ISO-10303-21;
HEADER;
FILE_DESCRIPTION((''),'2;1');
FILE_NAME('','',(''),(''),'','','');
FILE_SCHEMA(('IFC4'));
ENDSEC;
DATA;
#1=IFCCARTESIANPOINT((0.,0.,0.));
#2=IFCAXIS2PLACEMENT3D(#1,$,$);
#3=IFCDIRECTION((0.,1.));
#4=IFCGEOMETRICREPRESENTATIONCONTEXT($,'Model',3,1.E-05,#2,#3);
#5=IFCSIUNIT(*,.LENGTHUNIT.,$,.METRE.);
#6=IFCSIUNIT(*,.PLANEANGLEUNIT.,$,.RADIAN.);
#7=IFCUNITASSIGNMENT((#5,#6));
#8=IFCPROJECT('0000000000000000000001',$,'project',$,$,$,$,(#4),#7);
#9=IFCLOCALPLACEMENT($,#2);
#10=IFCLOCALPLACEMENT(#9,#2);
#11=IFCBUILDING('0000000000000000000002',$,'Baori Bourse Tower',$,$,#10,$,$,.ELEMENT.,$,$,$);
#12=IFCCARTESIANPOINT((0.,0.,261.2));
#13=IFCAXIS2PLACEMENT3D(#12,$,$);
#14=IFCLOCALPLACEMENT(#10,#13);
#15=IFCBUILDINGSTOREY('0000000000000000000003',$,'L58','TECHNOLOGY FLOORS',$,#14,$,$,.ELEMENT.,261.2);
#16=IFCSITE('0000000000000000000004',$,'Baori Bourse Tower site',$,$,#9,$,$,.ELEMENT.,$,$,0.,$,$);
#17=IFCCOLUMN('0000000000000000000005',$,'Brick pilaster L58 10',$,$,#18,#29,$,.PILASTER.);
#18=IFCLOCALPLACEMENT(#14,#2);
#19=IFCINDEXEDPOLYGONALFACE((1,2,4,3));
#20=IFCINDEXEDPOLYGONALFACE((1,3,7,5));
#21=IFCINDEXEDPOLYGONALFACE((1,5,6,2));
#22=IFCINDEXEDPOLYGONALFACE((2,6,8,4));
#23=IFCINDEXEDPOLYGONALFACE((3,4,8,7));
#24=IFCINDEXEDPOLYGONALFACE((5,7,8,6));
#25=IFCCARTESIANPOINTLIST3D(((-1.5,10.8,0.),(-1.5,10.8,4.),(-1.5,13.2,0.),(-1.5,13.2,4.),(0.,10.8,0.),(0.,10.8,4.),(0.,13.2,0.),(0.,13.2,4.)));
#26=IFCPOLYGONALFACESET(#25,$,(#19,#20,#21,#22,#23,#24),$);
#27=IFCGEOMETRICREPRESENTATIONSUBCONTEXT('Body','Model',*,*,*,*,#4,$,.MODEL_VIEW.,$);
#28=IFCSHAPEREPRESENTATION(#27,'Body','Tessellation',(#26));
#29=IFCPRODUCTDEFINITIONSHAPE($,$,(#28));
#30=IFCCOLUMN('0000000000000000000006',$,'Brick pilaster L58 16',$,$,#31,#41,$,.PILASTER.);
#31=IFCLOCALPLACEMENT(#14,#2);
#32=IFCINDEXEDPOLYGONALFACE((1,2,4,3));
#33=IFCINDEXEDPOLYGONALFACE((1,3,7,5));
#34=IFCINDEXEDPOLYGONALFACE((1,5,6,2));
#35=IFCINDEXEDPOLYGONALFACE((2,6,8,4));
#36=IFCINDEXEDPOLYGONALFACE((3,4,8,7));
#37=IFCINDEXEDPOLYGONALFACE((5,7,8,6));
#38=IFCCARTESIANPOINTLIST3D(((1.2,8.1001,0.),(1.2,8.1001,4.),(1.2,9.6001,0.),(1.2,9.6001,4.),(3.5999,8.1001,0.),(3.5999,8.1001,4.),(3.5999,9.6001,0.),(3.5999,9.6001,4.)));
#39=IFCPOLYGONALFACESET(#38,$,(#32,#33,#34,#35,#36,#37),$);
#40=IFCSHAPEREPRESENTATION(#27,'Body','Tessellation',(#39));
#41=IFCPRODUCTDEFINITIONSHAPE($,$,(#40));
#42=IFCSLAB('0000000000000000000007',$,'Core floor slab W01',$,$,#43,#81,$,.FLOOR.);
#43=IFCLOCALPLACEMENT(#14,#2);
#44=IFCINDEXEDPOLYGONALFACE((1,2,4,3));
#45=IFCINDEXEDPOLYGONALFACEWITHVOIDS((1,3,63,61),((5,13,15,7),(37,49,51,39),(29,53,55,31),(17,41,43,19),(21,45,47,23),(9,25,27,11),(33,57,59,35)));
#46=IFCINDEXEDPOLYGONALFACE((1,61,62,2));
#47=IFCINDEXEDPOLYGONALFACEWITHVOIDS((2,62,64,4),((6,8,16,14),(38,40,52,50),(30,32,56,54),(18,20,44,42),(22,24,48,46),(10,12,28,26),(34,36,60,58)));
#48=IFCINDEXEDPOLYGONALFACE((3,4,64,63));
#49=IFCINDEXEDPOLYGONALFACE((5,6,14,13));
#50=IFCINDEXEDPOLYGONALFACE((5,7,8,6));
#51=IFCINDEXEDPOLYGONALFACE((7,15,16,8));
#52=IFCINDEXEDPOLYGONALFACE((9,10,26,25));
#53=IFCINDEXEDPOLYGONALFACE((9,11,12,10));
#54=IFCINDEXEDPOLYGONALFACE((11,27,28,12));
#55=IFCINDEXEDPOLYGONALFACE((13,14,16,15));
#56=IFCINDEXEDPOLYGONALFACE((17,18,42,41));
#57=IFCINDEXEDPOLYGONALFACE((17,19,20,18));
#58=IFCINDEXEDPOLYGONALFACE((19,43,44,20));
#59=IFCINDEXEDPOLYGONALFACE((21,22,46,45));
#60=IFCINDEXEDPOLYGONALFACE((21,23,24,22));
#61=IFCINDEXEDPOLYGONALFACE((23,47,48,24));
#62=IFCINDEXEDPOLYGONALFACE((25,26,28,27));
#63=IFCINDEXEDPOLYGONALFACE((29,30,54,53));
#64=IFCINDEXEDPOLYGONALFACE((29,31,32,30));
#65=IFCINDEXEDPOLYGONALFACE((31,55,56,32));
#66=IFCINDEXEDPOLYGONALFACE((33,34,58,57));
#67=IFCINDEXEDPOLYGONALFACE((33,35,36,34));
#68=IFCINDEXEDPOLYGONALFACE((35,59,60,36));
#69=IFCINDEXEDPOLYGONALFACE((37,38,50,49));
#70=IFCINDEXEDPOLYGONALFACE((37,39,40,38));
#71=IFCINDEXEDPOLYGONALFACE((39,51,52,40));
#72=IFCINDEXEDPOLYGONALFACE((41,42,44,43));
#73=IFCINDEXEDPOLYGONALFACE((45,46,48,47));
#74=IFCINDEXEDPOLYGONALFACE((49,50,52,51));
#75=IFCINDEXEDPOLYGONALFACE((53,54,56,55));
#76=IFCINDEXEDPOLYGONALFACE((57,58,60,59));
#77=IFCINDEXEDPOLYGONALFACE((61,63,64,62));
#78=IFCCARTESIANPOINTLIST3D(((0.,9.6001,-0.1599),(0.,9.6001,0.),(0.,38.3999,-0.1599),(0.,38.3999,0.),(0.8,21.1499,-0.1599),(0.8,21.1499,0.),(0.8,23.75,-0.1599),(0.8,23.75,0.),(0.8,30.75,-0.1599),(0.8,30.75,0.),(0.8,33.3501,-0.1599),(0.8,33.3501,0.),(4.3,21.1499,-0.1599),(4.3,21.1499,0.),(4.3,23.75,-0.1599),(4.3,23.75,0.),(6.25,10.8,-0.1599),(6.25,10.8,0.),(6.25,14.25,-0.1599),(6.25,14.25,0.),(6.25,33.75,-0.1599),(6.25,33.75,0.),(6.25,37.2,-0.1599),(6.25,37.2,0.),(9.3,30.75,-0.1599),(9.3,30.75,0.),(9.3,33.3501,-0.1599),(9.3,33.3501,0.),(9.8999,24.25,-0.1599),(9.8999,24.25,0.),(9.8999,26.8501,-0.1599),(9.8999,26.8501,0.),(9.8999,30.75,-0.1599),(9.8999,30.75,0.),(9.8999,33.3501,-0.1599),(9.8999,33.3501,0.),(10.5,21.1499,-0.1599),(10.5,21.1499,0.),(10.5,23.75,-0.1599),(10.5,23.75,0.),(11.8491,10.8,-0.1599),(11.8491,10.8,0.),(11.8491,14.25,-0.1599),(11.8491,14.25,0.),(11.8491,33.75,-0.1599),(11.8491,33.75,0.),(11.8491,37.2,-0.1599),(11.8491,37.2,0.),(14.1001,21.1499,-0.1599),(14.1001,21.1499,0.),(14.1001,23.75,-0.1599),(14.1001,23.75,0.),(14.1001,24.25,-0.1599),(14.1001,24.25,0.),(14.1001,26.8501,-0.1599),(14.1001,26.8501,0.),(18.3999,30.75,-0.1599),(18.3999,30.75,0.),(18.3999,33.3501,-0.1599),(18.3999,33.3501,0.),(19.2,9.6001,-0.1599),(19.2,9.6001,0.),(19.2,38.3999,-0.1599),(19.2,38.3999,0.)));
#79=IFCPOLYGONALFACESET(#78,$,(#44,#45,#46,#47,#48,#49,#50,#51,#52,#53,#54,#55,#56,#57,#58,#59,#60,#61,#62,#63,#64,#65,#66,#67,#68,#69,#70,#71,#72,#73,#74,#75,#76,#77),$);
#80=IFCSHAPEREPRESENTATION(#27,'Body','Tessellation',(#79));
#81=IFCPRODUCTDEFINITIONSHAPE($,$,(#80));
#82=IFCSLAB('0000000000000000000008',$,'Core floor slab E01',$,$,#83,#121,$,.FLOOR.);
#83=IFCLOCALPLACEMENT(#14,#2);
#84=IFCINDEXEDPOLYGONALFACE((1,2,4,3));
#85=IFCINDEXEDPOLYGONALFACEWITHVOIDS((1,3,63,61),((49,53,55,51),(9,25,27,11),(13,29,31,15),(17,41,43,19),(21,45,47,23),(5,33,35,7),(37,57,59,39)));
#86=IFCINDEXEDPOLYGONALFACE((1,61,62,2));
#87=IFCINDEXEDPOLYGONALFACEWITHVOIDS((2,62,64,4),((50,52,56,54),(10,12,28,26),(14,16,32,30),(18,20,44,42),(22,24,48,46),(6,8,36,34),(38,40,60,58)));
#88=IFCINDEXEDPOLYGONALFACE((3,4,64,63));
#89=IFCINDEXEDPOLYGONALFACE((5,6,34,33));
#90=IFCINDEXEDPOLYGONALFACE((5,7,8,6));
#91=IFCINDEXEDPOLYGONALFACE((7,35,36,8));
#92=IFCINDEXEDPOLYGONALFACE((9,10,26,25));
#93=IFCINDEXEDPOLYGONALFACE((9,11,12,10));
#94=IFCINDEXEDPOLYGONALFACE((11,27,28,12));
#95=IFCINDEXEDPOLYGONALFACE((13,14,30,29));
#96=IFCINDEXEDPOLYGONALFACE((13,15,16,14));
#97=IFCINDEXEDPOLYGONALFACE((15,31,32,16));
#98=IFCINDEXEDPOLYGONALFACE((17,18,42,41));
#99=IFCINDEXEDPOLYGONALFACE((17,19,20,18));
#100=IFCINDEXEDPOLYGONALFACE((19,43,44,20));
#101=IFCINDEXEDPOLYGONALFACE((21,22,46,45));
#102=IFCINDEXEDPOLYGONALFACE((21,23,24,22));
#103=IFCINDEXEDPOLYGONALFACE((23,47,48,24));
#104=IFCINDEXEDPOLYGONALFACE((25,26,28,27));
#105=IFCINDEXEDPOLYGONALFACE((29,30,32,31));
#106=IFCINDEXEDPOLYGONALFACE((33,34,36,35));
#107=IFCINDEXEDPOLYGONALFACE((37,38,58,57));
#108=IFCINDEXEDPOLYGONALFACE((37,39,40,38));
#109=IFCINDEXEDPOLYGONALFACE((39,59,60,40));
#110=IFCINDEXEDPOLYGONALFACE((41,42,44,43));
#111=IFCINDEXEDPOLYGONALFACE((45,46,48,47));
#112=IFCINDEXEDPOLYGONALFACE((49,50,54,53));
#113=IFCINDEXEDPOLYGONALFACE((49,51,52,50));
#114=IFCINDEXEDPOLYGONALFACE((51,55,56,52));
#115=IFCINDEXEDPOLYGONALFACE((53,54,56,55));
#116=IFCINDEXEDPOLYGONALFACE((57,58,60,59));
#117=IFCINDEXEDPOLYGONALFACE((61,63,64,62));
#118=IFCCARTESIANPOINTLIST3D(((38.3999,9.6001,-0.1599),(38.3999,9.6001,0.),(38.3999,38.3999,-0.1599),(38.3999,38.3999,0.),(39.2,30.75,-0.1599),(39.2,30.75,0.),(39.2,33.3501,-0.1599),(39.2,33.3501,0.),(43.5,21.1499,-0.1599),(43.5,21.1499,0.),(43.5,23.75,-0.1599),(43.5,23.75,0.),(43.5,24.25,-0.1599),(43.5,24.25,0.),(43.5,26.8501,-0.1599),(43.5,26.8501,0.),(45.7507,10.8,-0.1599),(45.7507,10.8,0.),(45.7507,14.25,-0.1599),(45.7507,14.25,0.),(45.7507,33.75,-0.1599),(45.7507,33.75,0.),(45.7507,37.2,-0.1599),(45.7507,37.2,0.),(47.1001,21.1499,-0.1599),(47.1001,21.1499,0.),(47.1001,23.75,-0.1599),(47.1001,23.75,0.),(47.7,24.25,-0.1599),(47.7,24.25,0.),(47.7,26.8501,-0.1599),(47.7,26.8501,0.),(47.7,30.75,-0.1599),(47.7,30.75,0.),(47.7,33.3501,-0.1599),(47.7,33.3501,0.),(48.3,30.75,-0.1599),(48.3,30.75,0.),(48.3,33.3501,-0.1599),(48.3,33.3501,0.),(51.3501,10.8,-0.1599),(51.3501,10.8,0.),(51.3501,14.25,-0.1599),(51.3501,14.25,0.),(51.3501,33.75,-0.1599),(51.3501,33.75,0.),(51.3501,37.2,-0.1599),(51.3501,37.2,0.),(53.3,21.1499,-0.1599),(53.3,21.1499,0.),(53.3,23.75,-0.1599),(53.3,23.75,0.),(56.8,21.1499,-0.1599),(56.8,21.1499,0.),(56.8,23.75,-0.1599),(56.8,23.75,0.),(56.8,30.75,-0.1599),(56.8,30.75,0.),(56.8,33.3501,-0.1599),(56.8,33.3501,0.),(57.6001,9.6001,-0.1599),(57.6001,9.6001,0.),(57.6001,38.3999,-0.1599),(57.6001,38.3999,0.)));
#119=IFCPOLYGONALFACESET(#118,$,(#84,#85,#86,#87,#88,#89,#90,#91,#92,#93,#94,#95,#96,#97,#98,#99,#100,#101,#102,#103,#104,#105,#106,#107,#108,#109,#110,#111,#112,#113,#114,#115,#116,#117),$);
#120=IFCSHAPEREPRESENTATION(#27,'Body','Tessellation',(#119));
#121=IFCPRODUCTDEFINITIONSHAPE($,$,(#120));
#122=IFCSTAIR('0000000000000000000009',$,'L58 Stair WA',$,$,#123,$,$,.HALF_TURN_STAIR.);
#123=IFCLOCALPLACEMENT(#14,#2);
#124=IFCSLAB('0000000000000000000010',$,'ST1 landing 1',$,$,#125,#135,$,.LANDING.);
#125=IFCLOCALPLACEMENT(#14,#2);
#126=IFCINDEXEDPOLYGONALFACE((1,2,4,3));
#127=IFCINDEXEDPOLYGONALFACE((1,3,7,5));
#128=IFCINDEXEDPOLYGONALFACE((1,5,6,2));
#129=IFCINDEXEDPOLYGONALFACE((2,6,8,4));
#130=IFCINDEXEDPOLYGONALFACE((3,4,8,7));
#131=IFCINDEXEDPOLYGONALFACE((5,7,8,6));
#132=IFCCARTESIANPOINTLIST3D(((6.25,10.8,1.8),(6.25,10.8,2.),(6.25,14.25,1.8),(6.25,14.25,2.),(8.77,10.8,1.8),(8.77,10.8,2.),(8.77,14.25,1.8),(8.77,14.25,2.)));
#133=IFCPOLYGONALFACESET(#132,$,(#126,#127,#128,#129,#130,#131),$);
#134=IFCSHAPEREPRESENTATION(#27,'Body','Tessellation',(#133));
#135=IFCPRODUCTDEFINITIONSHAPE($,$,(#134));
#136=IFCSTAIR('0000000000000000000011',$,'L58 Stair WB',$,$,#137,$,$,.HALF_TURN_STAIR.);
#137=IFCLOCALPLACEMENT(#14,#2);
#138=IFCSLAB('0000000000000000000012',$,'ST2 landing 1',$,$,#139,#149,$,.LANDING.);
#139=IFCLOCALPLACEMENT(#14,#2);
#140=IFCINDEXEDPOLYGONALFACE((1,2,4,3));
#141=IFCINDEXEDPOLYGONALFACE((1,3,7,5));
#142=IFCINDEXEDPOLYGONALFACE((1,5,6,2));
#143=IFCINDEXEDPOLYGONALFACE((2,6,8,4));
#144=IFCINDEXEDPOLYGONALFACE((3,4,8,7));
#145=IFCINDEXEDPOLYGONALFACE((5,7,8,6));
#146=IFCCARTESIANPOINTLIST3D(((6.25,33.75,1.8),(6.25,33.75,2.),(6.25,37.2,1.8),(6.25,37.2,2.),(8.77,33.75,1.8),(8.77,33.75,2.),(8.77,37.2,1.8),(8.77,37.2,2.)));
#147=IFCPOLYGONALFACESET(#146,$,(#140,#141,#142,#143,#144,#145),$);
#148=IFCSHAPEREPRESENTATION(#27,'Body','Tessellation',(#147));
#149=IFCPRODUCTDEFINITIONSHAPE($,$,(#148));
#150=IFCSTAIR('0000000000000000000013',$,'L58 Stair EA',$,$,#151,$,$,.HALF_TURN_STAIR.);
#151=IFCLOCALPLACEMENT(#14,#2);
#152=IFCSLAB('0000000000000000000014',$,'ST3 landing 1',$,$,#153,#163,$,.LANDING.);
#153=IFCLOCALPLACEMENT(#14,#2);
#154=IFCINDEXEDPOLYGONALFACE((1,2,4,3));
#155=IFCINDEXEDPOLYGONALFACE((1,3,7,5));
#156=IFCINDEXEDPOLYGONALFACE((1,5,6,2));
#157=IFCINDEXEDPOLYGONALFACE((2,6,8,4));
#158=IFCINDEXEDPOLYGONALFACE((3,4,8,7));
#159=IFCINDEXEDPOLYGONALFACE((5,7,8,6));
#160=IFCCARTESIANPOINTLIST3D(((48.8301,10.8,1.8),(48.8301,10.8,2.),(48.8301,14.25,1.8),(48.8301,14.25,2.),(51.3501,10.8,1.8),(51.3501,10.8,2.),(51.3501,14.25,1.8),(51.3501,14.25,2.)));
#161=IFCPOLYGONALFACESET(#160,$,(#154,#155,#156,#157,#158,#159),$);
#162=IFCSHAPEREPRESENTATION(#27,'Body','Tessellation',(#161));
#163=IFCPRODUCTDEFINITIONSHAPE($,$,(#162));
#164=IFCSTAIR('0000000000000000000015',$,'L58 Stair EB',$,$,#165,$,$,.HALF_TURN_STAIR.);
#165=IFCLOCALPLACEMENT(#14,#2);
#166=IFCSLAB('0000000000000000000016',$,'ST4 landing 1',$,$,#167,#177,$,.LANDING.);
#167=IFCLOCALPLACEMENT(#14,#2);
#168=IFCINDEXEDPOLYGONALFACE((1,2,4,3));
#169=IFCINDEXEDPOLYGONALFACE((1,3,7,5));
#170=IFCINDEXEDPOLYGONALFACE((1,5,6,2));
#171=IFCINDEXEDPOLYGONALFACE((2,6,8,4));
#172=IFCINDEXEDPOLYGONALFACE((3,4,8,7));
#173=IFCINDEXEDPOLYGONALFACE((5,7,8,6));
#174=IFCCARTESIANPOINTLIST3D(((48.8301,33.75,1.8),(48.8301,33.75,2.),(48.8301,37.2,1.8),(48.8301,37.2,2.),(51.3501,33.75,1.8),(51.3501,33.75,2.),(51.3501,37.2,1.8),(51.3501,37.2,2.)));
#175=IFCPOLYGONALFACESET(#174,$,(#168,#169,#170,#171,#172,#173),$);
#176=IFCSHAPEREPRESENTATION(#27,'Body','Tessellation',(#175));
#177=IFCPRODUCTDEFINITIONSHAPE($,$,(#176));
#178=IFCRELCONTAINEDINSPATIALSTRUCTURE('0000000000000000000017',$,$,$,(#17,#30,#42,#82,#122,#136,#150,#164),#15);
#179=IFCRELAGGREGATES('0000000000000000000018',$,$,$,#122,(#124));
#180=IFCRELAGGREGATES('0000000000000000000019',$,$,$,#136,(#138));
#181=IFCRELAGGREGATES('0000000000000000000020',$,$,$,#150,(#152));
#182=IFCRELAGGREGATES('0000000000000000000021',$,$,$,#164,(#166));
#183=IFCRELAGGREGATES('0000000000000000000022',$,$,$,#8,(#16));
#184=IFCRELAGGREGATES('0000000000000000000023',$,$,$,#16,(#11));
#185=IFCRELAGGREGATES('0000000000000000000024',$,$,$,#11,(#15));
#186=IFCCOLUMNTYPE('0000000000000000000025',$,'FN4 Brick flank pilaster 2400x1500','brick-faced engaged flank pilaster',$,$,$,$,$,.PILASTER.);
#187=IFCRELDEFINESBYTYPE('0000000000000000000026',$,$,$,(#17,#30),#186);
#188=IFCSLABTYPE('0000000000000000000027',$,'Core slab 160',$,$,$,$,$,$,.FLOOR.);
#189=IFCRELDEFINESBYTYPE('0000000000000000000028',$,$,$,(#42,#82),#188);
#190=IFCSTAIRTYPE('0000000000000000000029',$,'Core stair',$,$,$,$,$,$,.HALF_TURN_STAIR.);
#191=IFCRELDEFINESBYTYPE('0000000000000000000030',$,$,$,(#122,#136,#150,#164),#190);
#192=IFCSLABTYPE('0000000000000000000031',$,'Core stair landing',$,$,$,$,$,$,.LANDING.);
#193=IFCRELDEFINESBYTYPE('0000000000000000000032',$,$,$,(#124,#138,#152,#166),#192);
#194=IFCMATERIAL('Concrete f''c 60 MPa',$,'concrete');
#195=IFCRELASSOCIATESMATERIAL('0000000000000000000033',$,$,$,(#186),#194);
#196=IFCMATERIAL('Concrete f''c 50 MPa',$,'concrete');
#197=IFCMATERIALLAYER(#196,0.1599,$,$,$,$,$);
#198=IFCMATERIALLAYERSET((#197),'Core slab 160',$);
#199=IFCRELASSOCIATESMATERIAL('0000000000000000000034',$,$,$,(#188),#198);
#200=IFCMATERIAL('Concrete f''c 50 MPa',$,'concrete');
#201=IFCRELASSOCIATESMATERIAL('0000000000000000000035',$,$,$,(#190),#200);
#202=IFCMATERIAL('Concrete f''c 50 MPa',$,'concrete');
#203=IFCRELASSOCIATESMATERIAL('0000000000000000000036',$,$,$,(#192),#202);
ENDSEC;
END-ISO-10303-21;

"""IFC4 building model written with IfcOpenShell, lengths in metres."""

from ifc_helpers import new_model, si_unit, direction, frame, origin, origin_2d, place, context, subcontext, project, spatial, polyline, rectangle, outline, extrude, material, layer, layer_set, material_profile, profile_set, type_object, element, aggregate, save


model = new_model("IFC4")

# Units and contexts
model_context = context("Model", 3, precision=1e-05, world=origin(), true_north=direction((0.0, 1.0)))
body_context = subcontext(model_context, "Body", "Model", "MODEL_VIEW")
ifc_project = project(units=[si_unit("LENGTHUNIT", "METRE"), si_unit("PLANEANGLEUNIT", "RADIAN")], contexts=[model_context])

# Site, building, storey
site_placement = place(None, origin())
site = spatial("IfcSite", under=ifc_project, at=site_placement, Name="Baori Bourse Tower site", CompositionType="ELEMENT", RefElevation=0.0)
building_placement = place(site_placement, origin())
building = spatial("IfcBuilding", under=site, at=building_placement, Name="Baori Bourse Tower", CompositionType="ELEMENT")
storey_placement = place(building_placement, frame((0.0, 0.0, 261.2)))
storey = spatial("IfcBuildingStorey", under=building, at=storey_placement, Name="L58", Description="TECHNOLOGY FLOORS", CompositionType="ELEMENT", Elevation=261.2)

# Columns
ifc_material_1 = material(Name="Concrete f'c 60 MPa", Category="concrete")
ifc_material_profile = material_profile(ifc_material_1, rectangle(XDim=2.3999, YDim=1.5, at=origin_2d()), Name="RC 2400x1500")
ifc_profile_set = profile_set([ifc_material_profile], Name="Concrete f'c 60 MPa")
column_type = type_object("IfcColumnType", Name="FN4 Brick flank pilaster 2400x1500", Description="brick-faced engaged flank pilaster", PredefinedType="PILASTER", material=ifc_profile_set)
for number, where, z_axis, x_axis, name in (
    (1, (-0.75, 12.0, 0.0), (0.0, 0.0, 1.0), (0.0, 1.0, 0.0), "Brick pilaster L58 10"),
    (2, (2.3999, 8.8501, 0.0), (0.0, 0.0, 1.0), (1.0, 0.0, 0.0), "Brick pilaster L58 16"),
):
    element("IfcColumn", number, at=place(storey_placement, frame(where, z_axis=z_axis, x_axis=x_axis)), inside=storey, type_object=column_type, Name=name, PredefinedType="PILASTER", context=body_context, shape_type="SweptSolid", body=[
        extrude(rectangle(XDim=2.3999, YDim=1.5, at=origin_2d()), origin(), (0.0, 0.0, 1.0), 4.0),
    ])

# Slabs
ifc_material_2 = material(Name="Concrete f'c 50 MPa", Category="concrete")
ifc_layer_1 = layer(ifc_material_2, 0.1599)
ifc_layer_set_1 = layer_set([ifc_layer_1], Name="Core slab 160")
slab_type_1 = type_object("IfcSlabType", Name="Core slab 160", PredefinedType="FLOOR", material=ifc_layer_set_1)
slab_1_placement = place(storey_placement, frame((0.0, 0.0, -0.1599)))
element("IfcSlab", 3, at=slab_1_placement, inside=storey, type_object=slab_type_1, Name="Core floor slab W01", PredefinedType="FLOOR", context=body_context, shape_type="SweptSolid", body=[
    extrude(outline(polyline([(19.2, 38.3999), (0.0, 38.3999), (0.0, 9.6001), (19.2, 9.6001), (19.2, 38.3999)]), holes=[polyline([(9.8999, 33.3501), (18.3999, 33.3501), (18.3999, 30.75), (9.8999, 30.75), (9.8999, 33.3501)]), polyline([(10.5, 21.1499), (10.5, 23.75), (14.1001, 23.75), (14.1001, 21.1499), (10.5, 21.1499)]), polyline([(14.1001, 24.25), (9.8999, 24.25), (9.8999, 26.8501), (14.1001, 26.8501), (14.1001, 24.25)]), polyline([(6.25, 14.25), (11.8491, 14.25), (11.8491, 10.8), (6.25, 10.8), (6.25, 14.25)]), polyline([(11.8491, 37.2), (11.8491, 33.75), (6.25, 33.75), (6.25, 37.2), (11.8491, 37.2)]), polyline([(0.8, 30.75), (0.8, 33.3501), (9.3, 33.3501), (9.3, 30.75), (0.8, 30.75)]), polyline([(4.3, 23.75), (4.3, 21.1499), (0.8, 21.1499), (0.8, 23.75), (4.3, 23.75)])]), origin(), (0.0, 0.0, 1.0), 0.1599),
])
slab_2_placement = place(storey_placement, frame((0.0, 0.0, -0.1599)))
element("IfcSlab", 4, at=slab_2_placement, inside=storey, type_object=slab_type_1, Name="Core floor slab E01", PredefinedType="FLOOR", context=body_context, shape_type="SweptSolid", body=[
    extrude(outline(polyline([(57.6001, 9.6001), (57.6001, 38.3999), (38.3999, 38.3999), (38.3999, 9.6001), (57.6001, 9.6001)]), holes=[polyline([(48.3, 33.3501), (56.8, 33.3501), (56.8, 30.75), (48.3, 30.75), (48.3, 33.3501)]), polyline([(56.8, 21.1499), (53.3, 21.1499), (53.3, 23.75), (56.8, 23.75), (56.8, 21.1499)]), polyline([(45.7507, 14.25), (51.3501, 14.25), (51.3501, 10.8), (45.7507, 10.8), (45.7507, 14.25)]), polyline([(51.3501, 37.2), (51.3501, 33.75), (45.7507, 33.75), (45.7507, 37.2), (51.3501, 37.2)]), polyline([(43.5, 24.25), (43.5, 26.8501), (47.7, 26.8501), (47.7, 24.25), (43.5, 24.25)]), polyline([(47.7, 33.3501), (47.7, 30.75), (39.2, 30.75), (39.2, 33.3501), (47.7, 33.3501)]), polyline([(43.5, 23.75), (47.1001, 23.75), (47.1001, 21.1499), (43.5, 21.1499), (43.5, 23.75)])]), origin(), (0.0, 0.0, 1.0), 0.1599),
])

# Stairs, slabs
ifc_material_3 = material(Name="Concrete f'c 50 MPa", Category="concrete")
stair_type = type_object("IfcStairType", Name="Core stair", PredefinedType="HALF_TURN_STAIR", material=ifc_material_3)
stair_1_placement = place(storey_placement, origin())
stair_1 = element("IfcStair", 5, at=stair_1_placement, inside=storey, type_object=stair_type, Name="L58 Stair WA", PredefinedType="HALF_TURN_STAIR")
ifc_material_4 = material(Name="Concrete f'c 50 MPa", Category="concrete")
slab_type_2 = type_object("IfcSlabType", Name="Core stair landing", PredefinedType="LANDING", material=ifc_material_4)
slab_3_placement = place(storey_placement, frame((0.0, 0.0, 1.8)))
slab_3 = element("IfcSlab", 6, at=slab_3_placement, type_object=slab_type_2, Name="ST1 landing 1", PredefinedType="LANDING", context=body_context, shape_type="SweptSolid", body=[
    extrude(outline(polyline([(8.77, 14.25), (6.25, 14.25), (6.25, 10.8), (8.77, 10.8), (8.77, 14.25)])), origin(), (0.0, 0.0, 1.0), 0.2),
])
aggregate(stair_1, [slab_3])
stair_2_placement = place(storey_placement, origin())
stair_2 = element("IfcStair", 7, at=stair_2_placement, inside=storey, type_object=stair_type, Name="L58 Stair WB", PredefinedType="HALF_TURN_STAIR")
slab_4_placement = place(storey_placement, frame((0.0, 0.0, 1.8)))
slab_4 = element("IfcSlab", 8, at=slab_4_placement, type_object=slab_type_2, Name="ST2 landing 1", PredefinedType="LANDING", context=body_context, shape_type="SweptSolid", body=[
    extrude(outline(polyline([(8.77, 37.2), (6.25, 37.2), (6.25, 33.75), (8.77, 33.75), (8.77, 37.2)])), origin(), (0.0, 0.0, 1.0), 0.2),
])
aggregate(stair_2, [slab_4])
stair_3_placement = place(storey_placement, origin())
stair_3 = element("IfcStair", 9, at=stair_3_placement, inside=storey, type_object=stair_type, Name="L58 Stair EA", PredefinedType="HALF_TURN_STAIR")
slab_5_placement = place(storey_placement, frame((0.0, 0.0, 1.8)))
slab_5 = element("IfcSlab", 10, at=slab_5_placement, type_object=slab_type_2, Name="ST3 landing 1", PredefinedType="LANDING", context=body_context, shape_type="SweptSolid", body=[
    extrude(outline(polyline([(48.8301, 10.8), (51.3501, 10.8), (51.3501, 14.25), (48.8301, 14.25), (48.8301, 10.8)])), origin(), (0.0, 0.0, 1.0), 0.2),
])
aggregate(stair_3, [slab_5])
stair_4_placement = place(storey_placement, origin())
stair_4 = element("IfcStair", 11, at=stair_4_placement, inside=storey, type_object=stair_type, Name="L58 Stair EB", PredefinedType="HALF_TURN_STAIR")
slab_6_placement = place(storey_placement, frame((0.0, 0.0, 1.8)))
slab_6 = element("IfcSlab", 12, at=slab_6_placement, type_object=slab_type_2, Name="ST4 landing 1", PredefinedType="LANDING", context=body_context, shape_type="SweptSolid", body=[
    extrude(outline(polyline([(48.8301, 33.75), (51.3501, 33.75), (51.3501, 37.2), (48.8301, 37.2), (48.8301, 33.75)])), origin(), (0.0, 0.0, 1.0), 0.2),
])
aggregate(stair_4, [slab_6])

save(model, "model.ifc")
